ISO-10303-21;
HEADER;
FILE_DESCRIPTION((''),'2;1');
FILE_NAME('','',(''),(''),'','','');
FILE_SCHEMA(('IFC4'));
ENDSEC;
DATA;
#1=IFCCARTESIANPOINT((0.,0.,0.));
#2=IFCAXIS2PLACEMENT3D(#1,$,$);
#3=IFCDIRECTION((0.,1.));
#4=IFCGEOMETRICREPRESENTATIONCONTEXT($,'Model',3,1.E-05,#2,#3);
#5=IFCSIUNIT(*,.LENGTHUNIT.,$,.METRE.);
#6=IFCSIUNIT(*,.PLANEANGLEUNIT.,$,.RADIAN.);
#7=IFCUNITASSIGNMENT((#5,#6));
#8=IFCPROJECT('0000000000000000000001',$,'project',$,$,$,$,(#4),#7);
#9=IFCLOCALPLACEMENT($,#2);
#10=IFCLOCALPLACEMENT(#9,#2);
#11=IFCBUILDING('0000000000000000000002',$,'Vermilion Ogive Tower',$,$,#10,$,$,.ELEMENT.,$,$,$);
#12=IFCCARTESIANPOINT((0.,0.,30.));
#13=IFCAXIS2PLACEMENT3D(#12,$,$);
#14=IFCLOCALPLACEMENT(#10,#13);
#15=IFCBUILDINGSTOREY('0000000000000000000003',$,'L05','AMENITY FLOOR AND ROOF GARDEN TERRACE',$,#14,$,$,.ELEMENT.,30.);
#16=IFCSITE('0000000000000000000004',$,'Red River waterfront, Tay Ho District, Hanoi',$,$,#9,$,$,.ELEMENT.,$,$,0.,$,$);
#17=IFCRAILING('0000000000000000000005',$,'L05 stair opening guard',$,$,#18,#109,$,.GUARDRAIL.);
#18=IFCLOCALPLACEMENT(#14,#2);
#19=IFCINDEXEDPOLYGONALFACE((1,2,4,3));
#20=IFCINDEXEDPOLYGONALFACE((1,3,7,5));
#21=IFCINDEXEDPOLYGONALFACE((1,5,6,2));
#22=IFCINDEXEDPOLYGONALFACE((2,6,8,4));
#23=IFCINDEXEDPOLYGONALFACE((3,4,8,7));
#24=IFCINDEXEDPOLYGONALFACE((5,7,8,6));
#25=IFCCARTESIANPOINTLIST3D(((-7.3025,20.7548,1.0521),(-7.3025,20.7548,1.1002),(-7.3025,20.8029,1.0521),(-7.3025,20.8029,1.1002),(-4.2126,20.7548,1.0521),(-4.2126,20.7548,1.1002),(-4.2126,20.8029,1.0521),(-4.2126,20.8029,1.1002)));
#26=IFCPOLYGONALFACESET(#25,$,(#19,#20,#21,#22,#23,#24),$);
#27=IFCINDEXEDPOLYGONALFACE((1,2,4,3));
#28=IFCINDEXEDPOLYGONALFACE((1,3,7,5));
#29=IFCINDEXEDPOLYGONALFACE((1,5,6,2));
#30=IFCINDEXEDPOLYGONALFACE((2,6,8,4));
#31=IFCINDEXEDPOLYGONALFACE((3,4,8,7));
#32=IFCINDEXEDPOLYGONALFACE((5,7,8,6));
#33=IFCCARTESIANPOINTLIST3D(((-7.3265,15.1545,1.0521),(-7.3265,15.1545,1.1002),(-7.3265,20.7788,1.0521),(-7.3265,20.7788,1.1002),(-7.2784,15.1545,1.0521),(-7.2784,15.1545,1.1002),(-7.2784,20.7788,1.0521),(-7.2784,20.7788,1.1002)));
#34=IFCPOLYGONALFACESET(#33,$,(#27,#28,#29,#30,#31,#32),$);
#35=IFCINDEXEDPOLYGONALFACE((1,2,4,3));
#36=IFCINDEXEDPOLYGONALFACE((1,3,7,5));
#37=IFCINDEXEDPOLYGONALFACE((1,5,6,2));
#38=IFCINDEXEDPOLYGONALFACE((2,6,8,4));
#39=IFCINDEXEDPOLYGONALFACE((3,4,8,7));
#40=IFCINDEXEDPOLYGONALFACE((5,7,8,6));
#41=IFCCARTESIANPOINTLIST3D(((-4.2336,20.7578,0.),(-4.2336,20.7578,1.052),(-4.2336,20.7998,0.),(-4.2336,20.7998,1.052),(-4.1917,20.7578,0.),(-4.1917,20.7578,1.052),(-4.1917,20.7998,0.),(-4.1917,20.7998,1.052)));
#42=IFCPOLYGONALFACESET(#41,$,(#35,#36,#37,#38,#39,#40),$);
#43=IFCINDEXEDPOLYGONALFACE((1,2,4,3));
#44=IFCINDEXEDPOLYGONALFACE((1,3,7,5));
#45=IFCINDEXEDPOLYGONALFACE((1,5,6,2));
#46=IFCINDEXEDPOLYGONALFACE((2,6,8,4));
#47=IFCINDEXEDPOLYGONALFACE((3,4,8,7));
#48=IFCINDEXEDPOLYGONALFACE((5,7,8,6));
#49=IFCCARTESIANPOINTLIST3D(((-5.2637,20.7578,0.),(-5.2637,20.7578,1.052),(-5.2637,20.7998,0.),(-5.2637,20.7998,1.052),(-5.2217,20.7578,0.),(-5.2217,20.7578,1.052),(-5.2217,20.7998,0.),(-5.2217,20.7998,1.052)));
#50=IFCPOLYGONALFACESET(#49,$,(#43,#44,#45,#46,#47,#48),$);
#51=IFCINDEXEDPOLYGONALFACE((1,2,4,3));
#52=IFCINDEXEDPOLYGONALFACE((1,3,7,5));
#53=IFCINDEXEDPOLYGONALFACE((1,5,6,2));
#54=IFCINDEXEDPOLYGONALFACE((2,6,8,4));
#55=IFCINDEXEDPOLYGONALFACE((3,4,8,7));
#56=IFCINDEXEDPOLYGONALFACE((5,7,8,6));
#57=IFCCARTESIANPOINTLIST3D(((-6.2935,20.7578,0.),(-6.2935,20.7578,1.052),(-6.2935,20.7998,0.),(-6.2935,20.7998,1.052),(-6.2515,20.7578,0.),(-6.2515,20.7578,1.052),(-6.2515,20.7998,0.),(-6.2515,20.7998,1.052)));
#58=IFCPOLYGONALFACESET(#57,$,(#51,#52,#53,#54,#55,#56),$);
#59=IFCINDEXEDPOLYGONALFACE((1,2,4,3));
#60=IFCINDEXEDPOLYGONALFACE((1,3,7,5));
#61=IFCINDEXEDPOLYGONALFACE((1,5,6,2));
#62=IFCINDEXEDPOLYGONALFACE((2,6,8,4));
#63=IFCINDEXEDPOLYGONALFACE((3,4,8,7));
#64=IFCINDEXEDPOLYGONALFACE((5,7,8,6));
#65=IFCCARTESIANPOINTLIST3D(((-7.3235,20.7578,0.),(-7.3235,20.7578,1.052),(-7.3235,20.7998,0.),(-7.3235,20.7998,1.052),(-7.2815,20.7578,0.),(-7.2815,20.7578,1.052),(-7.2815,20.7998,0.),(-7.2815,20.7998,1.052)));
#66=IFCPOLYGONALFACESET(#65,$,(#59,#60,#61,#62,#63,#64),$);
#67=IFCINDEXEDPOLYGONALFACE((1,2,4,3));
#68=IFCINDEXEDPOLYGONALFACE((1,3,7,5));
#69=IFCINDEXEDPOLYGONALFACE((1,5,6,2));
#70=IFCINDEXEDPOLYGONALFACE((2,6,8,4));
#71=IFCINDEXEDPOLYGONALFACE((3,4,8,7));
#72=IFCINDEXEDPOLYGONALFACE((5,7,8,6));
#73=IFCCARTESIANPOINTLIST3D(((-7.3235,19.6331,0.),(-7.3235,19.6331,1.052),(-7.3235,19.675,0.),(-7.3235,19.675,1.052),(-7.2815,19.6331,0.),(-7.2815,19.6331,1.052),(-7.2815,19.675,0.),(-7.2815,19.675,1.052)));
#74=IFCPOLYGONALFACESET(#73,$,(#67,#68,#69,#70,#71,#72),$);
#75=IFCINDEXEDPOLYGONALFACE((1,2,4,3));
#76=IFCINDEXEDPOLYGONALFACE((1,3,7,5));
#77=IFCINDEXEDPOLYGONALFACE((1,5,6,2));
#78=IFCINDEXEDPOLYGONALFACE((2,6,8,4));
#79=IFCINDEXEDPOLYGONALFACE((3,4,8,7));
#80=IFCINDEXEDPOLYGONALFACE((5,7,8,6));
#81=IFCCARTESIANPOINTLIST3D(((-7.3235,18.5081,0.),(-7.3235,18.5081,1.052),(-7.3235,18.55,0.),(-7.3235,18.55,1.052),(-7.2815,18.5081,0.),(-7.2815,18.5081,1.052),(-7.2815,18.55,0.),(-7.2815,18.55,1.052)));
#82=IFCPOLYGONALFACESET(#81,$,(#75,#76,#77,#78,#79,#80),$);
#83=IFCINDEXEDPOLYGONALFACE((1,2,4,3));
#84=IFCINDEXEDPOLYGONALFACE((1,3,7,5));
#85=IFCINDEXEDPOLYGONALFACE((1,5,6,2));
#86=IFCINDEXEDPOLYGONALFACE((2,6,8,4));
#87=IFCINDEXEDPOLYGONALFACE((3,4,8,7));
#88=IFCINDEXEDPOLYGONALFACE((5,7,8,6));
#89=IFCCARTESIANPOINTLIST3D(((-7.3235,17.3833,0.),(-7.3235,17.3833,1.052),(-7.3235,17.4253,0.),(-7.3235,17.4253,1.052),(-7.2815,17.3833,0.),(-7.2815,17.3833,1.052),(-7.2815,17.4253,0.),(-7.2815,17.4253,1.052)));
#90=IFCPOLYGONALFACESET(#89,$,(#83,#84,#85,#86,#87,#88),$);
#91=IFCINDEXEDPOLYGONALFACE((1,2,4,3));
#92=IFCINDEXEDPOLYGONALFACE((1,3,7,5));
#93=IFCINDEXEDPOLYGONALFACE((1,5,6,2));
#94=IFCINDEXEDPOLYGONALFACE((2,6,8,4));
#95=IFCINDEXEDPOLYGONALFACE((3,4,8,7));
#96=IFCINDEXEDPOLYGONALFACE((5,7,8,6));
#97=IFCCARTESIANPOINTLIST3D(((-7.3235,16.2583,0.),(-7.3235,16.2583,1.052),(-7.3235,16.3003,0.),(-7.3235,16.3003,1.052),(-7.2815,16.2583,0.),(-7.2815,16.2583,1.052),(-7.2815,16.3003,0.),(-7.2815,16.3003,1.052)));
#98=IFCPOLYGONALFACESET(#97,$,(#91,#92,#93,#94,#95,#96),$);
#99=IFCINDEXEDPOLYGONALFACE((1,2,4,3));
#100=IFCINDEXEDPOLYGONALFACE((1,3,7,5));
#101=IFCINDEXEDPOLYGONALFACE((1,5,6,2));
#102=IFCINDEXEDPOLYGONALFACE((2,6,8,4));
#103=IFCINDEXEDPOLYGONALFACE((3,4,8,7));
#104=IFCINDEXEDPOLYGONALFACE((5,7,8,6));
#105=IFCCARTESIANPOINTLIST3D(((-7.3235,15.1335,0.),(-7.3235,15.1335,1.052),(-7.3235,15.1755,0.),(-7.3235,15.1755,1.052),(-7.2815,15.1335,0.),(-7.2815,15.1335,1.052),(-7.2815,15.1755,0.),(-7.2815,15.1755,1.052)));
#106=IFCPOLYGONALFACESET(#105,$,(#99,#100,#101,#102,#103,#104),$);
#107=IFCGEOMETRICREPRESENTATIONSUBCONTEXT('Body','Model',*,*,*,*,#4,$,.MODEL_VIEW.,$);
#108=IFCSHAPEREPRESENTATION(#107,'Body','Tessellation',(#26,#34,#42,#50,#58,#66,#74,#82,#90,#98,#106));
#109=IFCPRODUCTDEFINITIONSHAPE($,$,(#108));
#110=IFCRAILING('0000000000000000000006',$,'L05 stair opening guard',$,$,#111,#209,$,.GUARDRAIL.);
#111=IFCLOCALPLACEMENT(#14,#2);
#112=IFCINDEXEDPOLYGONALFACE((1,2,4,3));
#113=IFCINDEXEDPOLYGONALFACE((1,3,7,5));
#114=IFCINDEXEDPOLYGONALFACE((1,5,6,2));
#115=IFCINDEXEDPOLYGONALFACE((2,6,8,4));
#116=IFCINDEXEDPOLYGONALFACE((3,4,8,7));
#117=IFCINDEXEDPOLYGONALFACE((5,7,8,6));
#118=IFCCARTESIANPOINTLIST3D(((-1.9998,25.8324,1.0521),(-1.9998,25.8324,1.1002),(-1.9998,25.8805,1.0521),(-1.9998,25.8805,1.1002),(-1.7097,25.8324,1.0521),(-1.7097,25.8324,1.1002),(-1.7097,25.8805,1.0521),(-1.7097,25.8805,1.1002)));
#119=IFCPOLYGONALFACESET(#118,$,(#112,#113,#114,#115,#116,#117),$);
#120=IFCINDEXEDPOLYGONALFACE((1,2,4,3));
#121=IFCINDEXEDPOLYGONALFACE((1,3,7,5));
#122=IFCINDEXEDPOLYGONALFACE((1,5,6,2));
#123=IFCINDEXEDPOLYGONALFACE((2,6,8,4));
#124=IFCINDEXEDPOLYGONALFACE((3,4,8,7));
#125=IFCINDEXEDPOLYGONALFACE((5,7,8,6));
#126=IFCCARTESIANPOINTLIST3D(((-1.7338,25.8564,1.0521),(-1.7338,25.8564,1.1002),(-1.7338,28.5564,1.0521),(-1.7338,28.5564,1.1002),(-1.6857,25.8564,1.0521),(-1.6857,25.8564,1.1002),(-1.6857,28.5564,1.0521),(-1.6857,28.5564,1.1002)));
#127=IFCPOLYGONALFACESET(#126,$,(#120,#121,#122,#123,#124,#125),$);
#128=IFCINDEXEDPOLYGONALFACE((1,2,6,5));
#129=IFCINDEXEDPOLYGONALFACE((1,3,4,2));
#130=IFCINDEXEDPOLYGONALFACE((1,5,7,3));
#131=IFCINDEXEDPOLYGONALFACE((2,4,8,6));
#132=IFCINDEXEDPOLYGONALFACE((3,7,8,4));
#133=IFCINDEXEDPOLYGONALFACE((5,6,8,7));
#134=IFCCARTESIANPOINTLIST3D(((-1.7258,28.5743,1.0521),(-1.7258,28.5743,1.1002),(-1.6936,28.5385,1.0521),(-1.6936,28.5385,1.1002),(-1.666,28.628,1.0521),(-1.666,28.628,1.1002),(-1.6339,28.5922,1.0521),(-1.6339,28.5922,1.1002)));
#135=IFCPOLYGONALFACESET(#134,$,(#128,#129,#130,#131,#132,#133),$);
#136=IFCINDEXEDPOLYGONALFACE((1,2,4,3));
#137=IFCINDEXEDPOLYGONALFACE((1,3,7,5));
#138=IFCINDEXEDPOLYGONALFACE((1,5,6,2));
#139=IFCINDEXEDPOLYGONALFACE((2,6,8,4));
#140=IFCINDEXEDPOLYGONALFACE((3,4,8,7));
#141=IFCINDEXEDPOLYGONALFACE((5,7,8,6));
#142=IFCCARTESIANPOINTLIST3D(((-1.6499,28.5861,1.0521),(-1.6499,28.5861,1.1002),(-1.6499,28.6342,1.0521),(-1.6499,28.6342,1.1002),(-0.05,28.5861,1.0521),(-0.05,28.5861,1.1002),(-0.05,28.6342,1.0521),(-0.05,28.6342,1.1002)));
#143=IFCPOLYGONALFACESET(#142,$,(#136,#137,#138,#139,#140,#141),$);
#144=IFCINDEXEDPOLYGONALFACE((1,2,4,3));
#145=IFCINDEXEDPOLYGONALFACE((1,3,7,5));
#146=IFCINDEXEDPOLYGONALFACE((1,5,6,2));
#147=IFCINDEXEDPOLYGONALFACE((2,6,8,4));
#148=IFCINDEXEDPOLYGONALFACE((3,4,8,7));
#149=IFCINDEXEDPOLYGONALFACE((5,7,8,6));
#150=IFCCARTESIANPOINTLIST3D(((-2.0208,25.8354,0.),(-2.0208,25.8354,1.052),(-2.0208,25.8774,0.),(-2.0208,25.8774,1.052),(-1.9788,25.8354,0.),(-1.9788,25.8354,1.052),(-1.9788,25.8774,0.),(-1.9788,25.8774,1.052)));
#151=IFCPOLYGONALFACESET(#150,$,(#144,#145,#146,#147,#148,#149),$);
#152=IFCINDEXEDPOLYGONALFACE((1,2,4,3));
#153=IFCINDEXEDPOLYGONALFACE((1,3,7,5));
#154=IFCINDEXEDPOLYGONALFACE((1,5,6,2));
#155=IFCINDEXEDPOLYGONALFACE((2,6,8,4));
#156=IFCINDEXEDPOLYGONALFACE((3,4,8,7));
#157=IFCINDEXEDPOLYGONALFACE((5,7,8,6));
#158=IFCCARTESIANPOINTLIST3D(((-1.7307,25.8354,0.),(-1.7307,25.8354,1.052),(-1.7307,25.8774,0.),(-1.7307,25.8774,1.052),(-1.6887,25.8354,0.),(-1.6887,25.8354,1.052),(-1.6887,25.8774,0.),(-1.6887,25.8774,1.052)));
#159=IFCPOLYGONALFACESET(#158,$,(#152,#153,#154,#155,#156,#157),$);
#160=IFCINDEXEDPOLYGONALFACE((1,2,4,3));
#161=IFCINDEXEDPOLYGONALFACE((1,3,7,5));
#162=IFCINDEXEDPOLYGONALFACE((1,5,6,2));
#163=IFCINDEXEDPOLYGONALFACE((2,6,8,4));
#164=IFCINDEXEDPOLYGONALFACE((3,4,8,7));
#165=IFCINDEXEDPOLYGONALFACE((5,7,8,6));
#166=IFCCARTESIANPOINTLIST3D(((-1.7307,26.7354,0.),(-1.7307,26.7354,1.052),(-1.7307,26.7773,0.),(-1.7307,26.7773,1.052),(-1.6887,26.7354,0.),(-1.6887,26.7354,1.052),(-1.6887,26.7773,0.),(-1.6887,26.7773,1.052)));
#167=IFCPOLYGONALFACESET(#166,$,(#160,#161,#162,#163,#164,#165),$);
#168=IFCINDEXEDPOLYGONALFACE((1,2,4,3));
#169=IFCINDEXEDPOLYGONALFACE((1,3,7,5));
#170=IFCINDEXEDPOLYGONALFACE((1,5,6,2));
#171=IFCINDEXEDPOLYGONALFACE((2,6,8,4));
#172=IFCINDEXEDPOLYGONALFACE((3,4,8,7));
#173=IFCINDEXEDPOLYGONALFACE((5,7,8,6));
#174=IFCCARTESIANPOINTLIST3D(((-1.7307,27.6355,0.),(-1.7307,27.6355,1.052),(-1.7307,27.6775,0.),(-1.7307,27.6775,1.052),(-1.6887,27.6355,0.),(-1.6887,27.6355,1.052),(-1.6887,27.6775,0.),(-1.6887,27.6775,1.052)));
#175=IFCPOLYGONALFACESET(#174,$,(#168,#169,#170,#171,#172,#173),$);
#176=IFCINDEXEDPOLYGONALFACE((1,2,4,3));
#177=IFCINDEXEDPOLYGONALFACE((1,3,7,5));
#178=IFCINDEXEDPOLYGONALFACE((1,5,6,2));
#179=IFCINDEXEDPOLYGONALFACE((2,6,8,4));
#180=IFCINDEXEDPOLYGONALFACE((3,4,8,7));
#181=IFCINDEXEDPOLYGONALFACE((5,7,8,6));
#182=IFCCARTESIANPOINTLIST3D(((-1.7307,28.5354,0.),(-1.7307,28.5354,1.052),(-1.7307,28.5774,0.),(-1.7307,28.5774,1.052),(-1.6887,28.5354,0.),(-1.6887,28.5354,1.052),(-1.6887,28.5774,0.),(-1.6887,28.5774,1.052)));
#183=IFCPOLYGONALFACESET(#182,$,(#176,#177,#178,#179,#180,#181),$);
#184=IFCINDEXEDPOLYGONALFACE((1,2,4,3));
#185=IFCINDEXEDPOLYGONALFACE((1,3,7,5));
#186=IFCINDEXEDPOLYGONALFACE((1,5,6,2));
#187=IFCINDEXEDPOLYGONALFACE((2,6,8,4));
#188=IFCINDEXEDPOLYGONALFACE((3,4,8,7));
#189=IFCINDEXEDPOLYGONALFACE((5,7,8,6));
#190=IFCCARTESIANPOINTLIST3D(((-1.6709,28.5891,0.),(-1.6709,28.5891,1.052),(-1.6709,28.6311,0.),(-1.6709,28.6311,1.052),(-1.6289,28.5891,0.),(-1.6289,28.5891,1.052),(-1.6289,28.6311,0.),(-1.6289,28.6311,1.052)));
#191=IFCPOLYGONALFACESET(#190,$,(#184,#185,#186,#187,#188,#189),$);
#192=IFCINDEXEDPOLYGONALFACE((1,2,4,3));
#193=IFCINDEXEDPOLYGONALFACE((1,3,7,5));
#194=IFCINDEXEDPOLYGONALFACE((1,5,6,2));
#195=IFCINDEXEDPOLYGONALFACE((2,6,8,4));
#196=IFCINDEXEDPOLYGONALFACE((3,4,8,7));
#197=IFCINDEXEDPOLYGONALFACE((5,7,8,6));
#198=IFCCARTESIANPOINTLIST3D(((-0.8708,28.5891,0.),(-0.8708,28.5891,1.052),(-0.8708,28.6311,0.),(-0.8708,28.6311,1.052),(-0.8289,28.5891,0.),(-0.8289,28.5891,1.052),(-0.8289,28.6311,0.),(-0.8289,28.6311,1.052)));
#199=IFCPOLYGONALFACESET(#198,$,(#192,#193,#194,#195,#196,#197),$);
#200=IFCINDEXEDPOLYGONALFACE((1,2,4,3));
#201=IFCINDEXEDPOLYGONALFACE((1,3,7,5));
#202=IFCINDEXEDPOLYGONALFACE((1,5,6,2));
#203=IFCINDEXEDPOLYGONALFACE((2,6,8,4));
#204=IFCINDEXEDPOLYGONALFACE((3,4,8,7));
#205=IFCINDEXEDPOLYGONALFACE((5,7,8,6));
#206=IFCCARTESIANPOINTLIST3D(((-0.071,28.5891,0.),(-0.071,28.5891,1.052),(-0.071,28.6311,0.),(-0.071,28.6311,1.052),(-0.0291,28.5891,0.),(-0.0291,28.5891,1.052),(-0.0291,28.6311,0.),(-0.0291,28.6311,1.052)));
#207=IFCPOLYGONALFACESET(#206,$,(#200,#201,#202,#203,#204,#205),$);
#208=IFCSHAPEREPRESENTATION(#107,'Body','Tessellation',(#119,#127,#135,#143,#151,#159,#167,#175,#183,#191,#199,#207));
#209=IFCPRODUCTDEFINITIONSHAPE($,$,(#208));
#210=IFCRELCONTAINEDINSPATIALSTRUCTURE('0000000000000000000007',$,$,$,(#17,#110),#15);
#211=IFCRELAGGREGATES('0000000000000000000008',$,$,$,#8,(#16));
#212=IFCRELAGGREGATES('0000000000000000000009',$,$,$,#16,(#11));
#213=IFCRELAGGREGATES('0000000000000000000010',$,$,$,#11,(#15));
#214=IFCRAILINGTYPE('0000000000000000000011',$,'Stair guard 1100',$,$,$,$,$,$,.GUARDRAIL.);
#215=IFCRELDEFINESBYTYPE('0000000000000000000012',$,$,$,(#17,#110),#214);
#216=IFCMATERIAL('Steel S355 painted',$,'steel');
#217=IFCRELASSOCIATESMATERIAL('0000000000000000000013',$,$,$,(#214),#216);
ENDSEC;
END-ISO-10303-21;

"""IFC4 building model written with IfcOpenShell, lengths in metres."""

from ifc_helpers import new_model, si_unit, direction, frame, origin, origin_2d, place, context, subcontext, project, spatial, rectangle, extrude, material, type_object, element, save


model = new_model("IFC4")

# Units and contexts
model_context = context("Model", 3, precision=1e-05, world=origin(), true_north=direction((0.0, 1.0)))
body_context = subcontext(model_context, "Body", "Model", "MODEL_VIEW")
ifc_project = project(units=[si_unit("LENGTHUNIT", "METRE"), si_unit("PLANEANGLEUNIT", "RADIAN")], contexts=[model_context])

# Site, building, storey
site_placement = place(None, origin())
site = spatial("IfcSite", under=ifc_project, at=site_placement, Name="Red River waterfront, Tay Ho District, Hanoi", CompositionType="ELEMENT", RefElevation=0.0)
building_placement = place(site_placement, origin())
building = spatial("IfcBuilding", under=site, at=building_placement, Name="Vermilion Ogive Tower", CompositionType="ELEMENT")
storey_placement = place(building_placement, frame((0.0, 0.0, 30.0)))
storey = spatial("IfcBuildingStorey", under=building, at=storey_placement, Name="L05", Description="AMENITY FLOOR AND ROOF GARDEN TERRACE", CompositionType="ELEMENT", Elevation=30.0)

# Railings
ifc_material_1 = material(Name="Steel S355 painted", Category="steel")
railing_type_1 = type_object("IfcRailingType", Name="Stair guard 1100", PredefinedType="GUARDRAIL", material=ifc_material_1)
railing_1_placement = place(storey_placement, frame((-4.2126, 20.7788, 0.0)))
element("IfcRailing", 1, at=railing_1_placement, inside=storey, type_object=railing_type_1, Name="L05 stair opening guard", PredefinedType="GUARDRAIL", context=body_context, shape_type="SweptSolid", body=[
    extrude(rectangle(XDim=0.0481, YDim=0.0481, at=origin_2d()), frame((0.0, 0.0, 1.0762), z_axis=(-1.0, 0.0, 0.0), x_axis=(0.0, -1.0, 0.0)), (0.0, 0.0, 1.0), 3.0898),
    extrude(rectangle(XDim=0.0481, YDim=0.0481, at=origin_2d()), frame((-3.0898, 0.0, 1.0762), z_axis=(0.0, -1.0, 0.0), x_axis=(1.0, 0.0, 0.0)), (0.0, 0.0, 1.0), 5.6243),
    extrude(rectangle(XDim=0.042, YDim=0.042, at=origin_2d()), origin(), (0.0, 0.0, 1.0), 1.052),
    extrude(rectangle(XDim=0.042, YDim=0.042, at=origin_2d()), frame((-1.03, 0.0, 0.0)), (0.0, 0.0, 1.0), 1.052),
    extrude(rectangle(XDim=0.042, YDim=0.042, at=origin_2d()), frame((-2.0598, 0.0, 0.0)), (0.0, 0.0, 1.0), 1.052),
    extrude(rectangle(XDim=0.042, YDim=0.042, at=origin_2d()), frame((-3.0898, 0.0, 0.0)), (0.0, 0.0, 1.0), 1.052),
    extrude(rectangle(XDim=0.042, YDim=0.042, at=origin_2d()), frame((-3.0898, -1.1248, 0.0)), (0.0, 0.0, 1.0), 1.052),
    extrude(rectangle(XDim=0.042, YDim=0.042, at=origin_2d()), frame((-3.0898, -2.2498, 0.0)), (0.0, 0.0, 1.0), 1.052),
    extrude(rectangle(XDim=0.042, YDim=0.042, at=origin_2d()), frame((-3.0898, -3.3745, 0.0)), (0.0, 0.0, 1.0), 1.052),
    extrude(rectangle(XDim=0.042, YDim=0.042, at=origin_2d()), frame((-3.0898, -4.4995, 0.0)), (0.0, 0.0, 1.0), 1.052),
    extrude(rectangle(XDim=0.042, YDim=0.042, at=origin_2d()), frame((-3.0898, -5.6243, 0.0)), (0.0, 0.0, 1.0), 1.052),
])
railing_2_placement = place(storey_placement, frame((-1.9998, 25.8564, 0.0)))
element("IfcRailing", 2, at=railing_2_placement, inside=storey, type_object=railing_type_1, Name="L05 stair opening guard", PredefinedType="GUARDRAIL", context=body_context, shape_type="SweptSolid", body=[
    extrude(rectangle(XDim=0.0481, YDim=0.0481, at=origin_2d()), frame((0.0, 0.0, 1.0762), z_axis=(1.0, 0.0, 0.0), x_axis=(0.0, 1.0, 0.0)), (0.0, 0.0, 1.0), 0.29),
    extrude(rectangle(XDim=0.0481, YDim=0.0481, at=origin_2d()), frame((0.29, 0.0, 1.0762), z_axis=(0.0, 1.0, 0.0), x_axis=(-1.0, 0.0, 0.0)), (0.0, 0.0, 1.0), 2.7),
    extrude(rectangle(XDim=0.0481, YDim=0.0481, at=origin_2d()), frame((0.29, 2.7, 1.0762), z_axis=(0.744049, 0.668125, 0.0), x_axis=(-0.668125, 0.744049, 0.0)), (0.0, 0.0, 1.0), 0.0803),
    extrude(rectangle(XDim=0.0481, YDim=0.0481, at=origin_2d()), frame((0.3499, 2.7537, 1.0762), z_axis=(1.0, 0.0, 0.0), x_axis=(0.0, 1.0, 0.0)), (0.0, 0.0, 1.0), 1.5999),
    extrude(rectangle(XDim=0.042, YDim=0.042, at=origin_2d()), origin(), (0.0, 0.0, 1.0), 1.052),
    extrude(rectangle(XDim=0.042, YDim=0.042, at=origin_2d()), frame((0.29, 0.0, 0.0)), (0.0, 0.0, 1.0), 1.052),
    extrude(rectangle(XDim=0.042, YDim=0.042, at=origin_2d()), frame((0.29, 0.8999, 0.0)), (0.0, 0.0, 1.0), 1.052),
    extrude(rectangle(XDim=0.042, YDim=0.042, at=origin_2d()), frame((0.29, 1.8, 0.0)), (0.0, 0.0, 1.0), 1.052),
    extrude(rectangle(XDim=0.042, YDim=0.042, at=origin_2d()), frame((0.29, 2.7, 0.0)), (0.0, 0.0, 1.0), 1.052),
    extrude(rectangle(XDim=0.042, YDim=0.042, at=origin_2d()), frame((0.3499, 2.7537, 0.0)), (0.0, 0.0, 1.0), 1.052),
    extrude(rectangle(XDim=0.042, YDim=0.042, at=origin_2d()), frame((1.1499, 2.7537, 0.0)), (0.0, 0.0, 1.0), 1.052),
    extrude(rectangle(XDim=0.042, YDim=0.042, at=origin_2d()), frame((1.9497, 2.7537, 0.0)), (0.0, 0.0, 1.0), 1.052),
])

save(model, "model.ifc")
